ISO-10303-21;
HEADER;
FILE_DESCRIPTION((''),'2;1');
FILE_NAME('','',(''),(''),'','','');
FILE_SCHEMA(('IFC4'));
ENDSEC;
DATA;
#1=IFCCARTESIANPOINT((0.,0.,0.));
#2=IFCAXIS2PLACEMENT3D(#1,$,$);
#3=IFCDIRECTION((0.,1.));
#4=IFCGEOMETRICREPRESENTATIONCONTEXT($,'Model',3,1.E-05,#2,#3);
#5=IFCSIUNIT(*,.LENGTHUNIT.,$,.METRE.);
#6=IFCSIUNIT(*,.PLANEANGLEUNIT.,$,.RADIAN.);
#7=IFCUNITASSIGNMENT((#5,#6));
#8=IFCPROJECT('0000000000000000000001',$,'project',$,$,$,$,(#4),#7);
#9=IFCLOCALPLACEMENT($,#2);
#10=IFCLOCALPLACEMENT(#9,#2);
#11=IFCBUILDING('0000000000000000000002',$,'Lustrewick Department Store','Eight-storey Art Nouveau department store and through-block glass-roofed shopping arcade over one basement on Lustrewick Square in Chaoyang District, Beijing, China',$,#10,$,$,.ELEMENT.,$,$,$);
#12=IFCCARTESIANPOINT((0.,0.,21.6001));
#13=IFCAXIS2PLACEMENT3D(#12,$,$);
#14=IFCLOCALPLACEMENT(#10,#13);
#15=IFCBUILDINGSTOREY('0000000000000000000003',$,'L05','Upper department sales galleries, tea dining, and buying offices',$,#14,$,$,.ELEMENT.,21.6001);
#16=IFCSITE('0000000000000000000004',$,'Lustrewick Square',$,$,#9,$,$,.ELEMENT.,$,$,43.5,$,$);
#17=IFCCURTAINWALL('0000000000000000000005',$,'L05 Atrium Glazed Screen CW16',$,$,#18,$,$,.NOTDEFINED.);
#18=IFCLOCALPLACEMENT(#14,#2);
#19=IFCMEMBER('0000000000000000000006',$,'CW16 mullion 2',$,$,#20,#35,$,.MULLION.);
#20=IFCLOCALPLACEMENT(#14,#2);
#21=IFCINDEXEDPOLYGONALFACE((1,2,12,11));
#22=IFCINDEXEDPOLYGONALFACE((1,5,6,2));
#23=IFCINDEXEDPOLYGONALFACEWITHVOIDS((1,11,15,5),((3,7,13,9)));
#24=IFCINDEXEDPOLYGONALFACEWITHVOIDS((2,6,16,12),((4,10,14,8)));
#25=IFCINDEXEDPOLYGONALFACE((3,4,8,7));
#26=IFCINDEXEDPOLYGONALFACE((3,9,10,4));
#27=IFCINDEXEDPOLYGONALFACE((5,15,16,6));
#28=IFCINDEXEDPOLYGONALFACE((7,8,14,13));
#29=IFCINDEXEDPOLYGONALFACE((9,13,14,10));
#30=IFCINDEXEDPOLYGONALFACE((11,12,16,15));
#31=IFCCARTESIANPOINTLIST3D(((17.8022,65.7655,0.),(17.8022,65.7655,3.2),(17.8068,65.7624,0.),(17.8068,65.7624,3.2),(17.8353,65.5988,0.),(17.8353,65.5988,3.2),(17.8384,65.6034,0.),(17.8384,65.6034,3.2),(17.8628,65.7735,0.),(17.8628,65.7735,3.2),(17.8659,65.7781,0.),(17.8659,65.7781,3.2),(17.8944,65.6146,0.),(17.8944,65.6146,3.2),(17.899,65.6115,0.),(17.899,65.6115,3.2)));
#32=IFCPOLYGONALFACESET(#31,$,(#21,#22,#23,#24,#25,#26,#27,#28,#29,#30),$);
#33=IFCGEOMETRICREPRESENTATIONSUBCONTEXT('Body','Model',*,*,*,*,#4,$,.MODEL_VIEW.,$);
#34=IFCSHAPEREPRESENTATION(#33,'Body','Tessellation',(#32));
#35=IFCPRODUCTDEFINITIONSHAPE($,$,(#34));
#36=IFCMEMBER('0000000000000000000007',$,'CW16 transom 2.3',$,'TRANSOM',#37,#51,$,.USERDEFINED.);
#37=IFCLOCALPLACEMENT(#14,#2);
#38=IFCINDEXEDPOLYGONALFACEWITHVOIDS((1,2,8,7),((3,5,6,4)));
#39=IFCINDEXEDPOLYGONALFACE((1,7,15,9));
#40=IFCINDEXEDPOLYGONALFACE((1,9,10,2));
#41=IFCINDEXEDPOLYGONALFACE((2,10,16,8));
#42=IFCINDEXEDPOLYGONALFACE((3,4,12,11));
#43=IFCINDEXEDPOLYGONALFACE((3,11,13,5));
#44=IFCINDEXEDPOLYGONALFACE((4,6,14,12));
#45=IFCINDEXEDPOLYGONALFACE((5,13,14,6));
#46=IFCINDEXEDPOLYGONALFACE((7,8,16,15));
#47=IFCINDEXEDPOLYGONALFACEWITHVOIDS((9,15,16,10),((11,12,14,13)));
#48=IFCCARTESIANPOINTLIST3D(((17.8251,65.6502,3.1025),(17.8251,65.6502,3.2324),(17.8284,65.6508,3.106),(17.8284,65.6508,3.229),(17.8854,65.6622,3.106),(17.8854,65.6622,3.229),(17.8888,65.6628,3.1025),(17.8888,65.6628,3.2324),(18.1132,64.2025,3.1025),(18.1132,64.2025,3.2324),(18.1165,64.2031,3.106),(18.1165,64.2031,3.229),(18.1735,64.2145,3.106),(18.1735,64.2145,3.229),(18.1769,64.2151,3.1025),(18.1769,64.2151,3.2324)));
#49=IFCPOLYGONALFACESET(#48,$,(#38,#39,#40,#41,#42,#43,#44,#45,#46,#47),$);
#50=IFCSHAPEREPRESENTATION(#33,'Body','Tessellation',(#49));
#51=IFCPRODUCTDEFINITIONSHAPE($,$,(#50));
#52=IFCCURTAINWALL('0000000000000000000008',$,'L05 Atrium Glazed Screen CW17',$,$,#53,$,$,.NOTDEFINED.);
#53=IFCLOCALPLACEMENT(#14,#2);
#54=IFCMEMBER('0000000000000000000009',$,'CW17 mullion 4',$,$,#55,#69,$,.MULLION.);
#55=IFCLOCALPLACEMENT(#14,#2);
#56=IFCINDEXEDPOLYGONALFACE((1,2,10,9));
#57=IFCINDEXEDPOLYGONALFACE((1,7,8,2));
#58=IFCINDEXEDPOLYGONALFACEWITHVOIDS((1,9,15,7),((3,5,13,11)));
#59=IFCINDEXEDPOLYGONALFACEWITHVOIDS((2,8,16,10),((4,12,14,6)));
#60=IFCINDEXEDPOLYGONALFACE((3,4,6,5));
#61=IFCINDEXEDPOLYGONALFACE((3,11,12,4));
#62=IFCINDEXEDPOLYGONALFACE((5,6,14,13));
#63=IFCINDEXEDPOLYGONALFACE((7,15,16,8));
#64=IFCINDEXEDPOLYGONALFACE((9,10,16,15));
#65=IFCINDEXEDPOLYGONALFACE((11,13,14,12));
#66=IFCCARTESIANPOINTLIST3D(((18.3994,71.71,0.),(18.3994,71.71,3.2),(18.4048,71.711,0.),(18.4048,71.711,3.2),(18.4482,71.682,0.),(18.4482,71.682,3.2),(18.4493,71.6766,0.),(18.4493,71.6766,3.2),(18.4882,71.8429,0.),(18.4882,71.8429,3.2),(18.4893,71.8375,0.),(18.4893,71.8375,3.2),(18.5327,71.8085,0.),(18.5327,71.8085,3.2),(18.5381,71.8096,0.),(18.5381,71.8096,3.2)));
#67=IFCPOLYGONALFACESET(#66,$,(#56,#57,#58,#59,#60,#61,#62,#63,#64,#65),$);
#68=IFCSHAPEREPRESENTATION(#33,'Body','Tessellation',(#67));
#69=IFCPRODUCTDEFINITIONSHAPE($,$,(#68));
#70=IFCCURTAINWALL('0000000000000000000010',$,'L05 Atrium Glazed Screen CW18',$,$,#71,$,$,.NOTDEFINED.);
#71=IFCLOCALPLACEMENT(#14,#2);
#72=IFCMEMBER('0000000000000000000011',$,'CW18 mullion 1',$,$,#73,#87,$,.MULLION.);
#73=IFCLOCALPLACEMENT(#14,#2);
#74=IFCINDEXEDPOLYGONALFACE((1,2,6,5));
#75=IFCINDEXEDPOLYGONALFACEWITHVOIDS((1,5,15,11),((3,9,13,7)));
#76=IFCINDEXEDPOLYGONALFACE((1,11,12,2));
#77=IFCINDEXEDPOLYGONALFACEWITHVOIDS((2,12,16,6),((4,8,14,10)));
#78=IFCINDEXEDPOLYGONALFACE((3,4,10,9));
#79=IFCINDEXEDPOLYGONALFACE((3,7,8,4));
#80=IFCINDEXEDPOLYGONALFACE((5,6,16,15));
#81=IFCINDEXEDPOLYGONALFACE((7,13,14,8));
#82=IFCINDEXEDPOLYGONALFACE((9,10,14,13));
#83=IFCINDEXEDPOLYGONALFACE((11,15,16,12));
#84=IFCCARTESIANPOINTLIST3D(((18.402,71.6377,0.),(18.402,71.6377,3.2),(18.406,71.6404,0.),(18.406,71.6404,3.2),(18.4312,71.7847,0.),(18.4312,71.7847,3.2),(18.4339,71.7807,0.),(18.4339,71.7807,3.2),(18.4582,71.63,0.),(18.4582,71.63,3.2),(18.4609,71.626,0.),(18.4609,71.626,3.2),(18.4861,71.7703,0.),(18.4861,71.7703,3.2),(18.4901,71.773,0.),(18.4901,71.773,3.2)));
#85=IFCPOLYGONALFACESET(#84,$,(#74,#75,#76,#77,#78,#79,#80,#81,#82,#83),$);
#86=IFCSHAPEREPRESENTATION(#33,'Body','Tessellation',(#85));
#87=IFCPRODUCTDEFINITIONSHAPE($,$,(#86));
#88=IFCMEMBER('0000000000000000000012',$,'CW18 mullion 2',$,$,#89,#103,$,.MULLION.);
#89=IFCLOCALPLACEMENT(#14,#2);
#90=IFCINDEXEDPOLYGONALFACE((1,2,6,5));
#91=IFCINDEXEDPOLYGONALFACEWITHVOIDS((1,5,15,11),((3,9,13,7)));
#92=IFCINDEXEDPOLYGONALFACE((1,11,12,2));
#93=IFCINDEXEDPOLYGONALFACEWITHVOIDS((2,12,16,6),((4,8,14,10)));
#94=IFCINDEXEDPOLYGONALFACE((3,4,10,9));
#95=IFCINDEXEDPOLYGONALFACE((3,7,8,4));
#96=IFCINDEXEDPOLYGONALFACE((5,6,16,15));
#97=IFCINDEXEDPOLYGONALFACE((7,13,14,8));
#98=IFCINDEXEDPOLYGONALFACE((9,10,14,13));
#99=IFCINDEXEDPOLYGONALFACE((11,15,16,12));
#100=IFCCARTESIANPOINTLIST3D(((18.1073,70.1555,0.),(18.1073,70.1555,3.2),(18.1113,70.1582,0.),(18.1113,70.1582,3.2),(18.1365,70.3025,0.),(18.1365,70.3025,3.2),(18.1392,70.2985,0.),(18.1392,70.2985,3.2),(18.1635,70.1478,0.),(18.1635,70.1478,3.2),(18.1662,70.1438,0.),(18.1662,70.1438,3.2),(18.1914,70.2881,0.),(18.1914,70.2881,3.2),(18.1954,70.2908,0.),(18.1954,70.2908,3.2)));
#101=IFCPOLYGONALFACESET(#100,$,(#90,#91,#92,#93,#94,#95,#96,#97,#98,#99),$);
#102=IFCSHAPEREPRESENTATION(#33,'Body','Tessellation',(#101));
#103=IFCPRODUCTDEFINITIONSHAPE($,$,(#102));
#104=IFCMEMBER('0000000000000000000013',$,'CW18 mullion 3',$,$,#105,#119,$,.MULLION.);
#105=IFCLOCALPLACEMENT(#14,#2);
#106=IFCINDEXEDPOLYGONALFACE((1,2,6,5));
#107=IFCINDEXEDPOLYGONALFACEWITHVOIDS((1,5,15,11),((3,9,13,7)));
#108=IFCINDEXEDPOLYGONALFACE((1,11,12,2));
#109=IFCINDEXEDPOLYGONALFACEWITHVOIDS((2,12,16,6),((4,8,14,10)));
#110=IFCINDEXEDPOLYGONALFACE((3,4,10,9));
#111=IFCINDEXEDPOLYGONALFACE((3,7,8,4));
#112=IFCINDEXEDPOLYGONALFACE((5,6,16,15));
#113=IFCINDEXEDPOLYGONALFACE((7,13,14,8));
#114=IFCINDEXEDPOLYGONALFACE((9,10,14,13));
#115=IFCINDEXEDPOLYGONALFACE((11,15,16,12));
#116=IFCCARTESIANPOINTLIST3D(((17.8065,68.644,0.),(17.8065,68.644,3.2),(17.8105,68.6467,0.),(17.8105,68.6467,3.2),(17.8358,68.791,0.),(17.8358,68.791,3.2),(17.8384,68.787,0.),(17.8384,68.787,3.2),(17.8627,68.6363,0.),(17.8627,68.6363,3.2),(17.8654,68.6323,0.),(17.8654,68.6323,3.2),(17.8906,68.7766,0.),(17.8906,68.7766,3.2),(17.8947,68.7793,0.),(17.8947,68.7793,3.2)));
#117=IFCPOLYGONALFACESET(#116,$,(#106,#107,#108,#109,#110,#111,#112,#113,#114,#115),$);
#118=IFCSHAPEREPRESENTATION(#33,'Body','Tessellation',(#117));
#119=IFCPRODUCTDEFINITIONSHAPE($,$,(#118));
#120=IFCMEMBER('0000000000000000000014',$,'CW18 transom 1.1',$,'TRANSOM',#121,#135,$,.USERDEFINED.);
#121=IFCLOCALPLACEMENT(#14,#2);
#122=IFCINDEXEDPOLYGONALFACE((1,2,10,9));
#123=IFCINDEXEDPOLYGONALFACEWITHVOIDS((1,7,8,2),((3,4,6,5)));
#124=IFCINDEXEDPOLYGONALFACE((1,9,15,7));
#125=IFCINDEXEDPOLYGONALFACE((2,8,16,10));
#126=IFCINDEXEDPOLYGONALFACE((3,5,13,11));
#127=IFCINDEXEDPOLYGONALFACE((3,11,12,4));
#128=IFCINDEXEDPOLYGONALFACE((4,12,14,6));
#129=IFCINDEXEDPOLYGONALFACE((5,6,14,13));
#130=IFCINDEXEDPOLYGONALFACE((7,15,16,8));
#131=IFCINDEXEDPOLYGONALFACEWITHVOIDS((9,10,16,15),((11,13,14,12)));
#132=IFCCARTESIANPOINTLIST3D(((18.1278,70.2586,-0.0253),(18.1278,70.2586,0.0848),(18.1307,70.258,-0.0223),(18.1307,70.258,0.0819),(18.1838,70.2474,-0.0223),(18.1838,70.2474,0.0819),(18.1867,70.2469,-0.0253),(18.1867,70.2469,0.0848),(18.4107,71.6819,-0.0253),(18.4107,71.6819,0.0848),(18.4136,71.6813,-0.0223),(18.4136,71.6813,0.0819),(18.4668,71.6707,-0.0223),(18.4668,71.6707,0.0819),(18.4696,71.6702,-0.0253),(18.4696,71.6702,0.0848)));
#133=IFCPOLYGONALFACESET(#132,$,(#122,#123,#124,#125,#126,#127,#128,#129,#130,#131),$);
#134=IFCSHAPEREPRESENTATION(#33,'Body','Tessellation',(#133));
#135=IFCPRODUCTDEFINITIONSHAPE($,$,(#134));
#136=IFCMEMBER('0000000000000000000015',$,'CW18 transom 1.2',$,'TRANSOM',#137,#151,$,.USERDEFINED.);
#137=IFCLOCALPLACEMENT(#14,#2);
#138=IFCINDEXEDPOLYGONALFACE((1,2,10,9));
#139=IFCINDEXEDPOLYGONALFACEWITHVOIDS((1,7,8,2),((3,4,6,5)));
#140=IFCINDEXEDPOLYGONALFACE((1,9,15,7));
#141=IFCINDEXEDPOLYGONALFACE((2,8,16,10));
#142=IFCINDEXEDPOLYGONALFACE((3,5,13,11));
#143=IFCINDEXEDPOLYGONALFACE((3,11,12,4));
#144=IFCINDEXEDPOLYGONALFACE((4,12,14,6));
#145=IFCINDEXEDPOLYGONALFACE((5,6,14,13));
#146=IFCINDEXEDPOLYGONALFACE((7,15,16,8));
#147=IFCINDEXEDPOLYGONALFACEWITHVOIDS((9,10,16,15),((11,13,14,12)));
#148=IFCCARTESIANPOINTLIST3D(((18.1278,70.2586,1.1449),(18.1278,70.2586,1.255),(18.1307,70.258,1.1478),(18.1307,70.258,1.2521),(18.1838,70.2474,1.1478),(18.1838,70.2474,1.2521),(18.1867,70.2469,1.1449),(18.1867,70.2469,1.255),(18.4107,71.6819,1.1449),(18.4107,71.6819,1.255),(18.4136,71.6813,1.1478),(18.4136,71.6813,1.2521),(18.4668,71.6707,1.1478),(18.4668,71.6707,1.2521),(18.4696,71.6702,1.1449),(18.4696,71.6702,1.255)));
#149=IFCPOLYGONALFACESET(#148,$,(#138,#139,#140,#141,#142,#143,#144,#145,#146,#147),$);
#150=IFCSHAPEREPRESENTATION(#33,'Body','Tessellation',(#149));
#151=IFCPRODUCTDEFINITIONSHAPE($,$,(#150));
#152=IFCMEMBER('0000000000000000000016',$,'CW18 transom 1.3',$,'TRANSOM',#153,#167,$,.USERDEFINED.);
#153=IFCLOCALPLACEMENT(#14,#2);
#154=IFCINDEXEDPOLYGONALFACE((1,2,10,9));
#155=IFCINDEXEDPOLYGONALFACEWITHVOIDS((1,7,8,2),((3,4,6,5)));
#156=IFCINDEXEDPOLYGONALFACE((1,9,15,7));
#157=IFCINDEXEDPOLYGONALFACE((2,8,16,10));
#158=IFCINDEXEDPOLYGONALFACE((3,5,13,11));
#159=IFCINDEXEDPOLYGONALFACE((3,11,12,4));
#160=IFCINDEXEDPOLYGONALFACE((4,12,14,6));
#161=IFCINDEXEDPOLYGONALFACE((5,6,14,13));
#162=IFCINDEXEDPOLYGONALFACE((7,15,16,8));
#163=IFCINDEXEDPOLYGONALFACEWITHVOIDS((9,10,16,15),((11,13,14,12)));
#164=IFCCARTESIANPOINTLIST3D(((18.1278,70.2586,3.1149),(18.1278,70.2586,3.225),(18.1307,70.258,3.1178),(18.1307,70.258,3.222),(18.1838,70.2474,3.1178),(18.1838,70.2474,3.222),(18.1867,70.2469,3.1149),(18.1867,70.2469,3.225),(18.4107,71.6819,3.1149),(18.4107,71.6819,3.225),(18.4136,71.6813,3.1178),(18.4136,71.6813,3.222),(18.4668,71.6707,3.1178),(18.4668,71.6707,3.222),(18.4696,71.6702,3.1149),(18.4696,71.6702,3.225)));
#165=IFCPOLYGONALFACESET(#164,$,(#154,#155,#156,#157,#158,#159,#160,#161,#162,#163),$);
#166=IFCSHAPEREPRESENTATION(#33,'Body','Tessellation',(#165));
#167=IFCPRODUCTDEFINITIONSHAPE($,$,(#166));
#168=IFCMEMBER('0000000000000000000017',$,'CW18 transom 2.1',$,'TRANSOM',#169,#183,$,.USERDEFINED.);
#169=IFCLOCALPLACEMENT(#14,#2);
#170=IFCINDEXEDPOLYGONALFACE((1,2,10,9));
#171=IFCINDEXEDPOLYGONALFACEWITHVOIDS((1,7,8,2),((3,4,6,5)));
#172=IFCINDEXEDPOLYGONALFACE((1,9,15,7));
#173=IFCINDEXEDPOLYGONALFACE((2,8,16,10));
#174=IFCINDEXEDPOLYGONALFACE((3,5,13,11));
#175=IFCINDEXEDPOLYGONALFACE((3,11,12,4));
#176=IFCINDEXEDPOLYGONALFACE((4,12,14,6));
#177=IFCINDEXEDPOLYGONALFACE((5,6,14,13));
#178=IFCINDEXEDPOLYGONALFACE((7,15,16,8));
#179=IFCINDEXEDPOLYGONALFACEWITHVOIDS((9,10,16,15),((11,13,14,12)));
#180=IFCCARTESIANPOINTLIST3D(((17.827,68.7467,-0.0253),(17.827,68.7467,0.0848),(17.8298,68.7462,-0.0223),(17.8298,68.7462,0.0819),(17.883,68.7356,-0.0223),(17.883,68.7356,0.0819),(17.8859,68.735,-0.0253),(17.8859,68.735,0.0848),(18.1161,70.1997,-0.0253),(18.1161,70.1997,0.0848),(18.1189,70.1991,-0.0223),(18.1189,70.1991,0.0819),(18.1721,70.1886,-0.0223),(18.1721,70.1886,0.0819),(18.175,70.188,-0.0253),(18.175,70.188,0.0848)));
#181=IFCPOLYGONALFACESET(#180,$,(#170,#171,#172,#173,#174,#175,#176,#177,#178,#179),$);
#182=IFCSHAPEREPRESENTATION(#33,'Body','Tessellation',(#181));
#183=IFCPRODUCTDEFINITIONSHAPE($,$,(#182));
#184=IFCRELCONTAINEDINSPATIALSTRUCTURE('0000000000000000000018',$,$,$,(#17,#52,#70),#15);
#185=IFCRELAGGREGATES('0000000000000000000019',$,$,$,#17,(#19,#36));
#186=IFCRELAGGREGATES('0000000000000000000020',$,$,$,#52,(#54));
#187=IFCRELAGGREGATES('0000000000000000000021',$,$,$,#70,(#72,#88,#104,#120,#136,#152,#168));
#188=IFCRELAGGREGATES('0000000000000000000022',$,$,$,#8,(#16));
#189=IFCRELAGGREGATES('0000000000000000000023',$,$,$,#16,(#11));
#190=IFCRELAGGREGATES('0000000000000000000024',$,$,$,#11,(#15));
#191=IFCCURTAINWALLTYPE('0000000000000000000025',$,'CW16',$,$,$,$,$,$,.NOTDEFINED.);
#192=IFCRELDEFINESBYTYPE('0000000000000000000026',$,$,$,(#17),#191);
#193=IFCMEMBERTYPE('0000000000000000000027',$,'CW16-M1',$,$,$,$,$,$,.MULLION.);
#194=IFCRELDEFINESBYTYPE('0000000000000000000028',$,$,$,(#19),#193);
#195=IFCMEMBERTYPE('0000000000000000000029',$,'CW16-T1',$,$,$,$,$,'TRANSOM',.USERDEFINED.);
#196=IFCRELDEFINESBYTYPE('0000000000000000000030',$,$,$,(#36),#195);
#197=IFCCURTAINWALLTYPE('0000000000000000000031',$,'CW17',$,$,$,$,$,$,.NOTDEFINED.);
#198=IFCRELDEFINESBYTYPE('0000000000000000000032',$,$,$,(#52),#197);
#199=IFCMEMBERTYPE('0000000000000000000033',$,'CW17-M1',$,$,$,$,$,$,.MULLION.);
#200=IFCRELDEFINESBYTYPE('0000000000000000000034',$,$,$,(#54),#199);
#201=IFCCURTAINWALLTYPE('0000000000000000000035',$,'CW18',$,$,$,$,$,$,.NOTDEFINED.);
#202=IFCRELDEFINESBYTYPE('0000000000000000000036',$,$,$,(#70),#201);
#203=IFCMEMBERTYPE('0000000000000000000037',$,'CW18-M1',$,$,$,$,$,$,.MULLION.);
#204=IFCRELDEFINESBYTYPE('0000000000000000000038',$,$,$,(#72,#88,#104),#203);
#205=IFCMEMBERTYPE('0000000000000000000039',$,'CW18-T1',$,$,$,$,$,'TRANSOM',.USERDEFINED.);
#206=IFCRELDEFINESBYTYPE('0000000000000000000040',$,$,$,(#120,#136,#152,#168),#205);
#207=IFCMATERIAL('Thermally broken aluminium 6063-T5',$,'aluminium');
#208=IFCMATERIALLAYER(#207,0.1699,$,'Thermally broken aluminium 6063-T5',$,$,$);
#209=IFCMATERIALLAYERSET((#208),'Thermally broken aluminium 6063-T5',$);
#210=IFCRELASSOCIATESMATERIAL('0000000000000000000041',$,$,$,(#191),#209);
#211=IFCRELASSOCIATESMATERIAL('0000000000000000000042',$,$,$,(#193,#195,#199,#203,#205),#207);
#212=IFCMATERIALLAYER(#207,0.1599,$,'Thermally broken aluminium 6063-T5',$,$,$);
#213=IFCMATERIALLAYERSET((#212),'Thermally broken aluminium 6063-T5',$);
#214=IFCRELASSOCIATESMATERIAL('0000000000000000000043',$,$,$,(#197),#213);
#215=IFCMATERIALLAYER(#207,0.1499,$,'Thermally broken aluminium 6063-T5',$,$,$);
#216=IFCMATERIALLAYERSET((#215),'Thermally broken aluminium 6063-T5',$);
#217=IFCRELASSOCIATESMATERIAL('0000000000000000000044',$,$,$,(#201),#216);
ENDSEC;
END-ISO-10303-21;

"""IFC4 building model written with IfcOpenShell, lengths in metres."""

from ifc_helpers import new_model, si_unit, direction, frame, origin, origin_2d, place, context, subcontext, project, spatial, hollow_rectangle, extrude, material, layer, layer_set, material_profile, profile_set, type_object, element, aggregate, save


model = new_model("IFC4")

# Units and contexts
model_context = context("Model", 3, precision=1e-05, world=origin(), true_north=direction((0.0, 1.0)))
body_context = subcontext(model_context, "Body", "Model", "MODEL_VIEW")
ifc_project = project(units=[si_unit("LENGTHUNIT", "METRE"), si_unit("PLANEANGLEUNIT", "RADIAN")], contexts=[model_context])

# Site, building, storey
site_placement = place(None, origin())
site = spatial("IfcSite", under=ifc_project, at=site_placement, Name="Lustrewick Square", CompositionType="ELEMENT", RefElevation=43.5)
building_placement = place(site_placement, origin())
building = spatial("IfcBuilding", under=site, at=building_placement, Name="Lustrewick Department Store", Description="Eight-storey Art Nouveau department store and through-block glass-roofed shopping arcade over one basement on Lustrewick Square in Chaoyang District, Beijing, China", CompositionType="ELEMENT")
storey_placement = place(building_placement, frame((0.0, 0.0, 21.6001)))
storey = spatial("IfcBuildingStorey", under=building, at=storey_placement, Name="L05", Description="Upper department sales galleries, tea dining, and buying offices", CompositionType="ELEMENT", Elevation=21.6001)

# Curtain wall, members
ifc_material_1 = material(Name="Thermally broken aluminium 6063-T5", Category="aluminium")
ifc_layer_1 = layer(ifc_material_1, 0.1699, Name="Thermally broken aluminium 6063-T5")
ifc_layer_set_1 = layer_set([ifc_layer_1], Name="Thermally broken aluminium 6063-T5")
curtain_wall_type_1 = type_object("IfcCurtainWallType", Name="CW16", PredefinedType="NOTDEFINED", material=ifc_layer_set_1)
curtain_wall_1_placement = place(storey_placement, origin())
curtain_wall_1 = element("IfcCurtainWall", 1, at=curtain_wall_1_placement, inside=storey, type_object=curtain_wall_type_1, Name="L05 Atrium Glazed Screen CW16", PredefinedType="NOTDEFINED")
ifc_material_profile_1 = material_profile(ifc_material_1, hollow_rectangle(XDim=0.0649, YDim=0.1699, WallThickness=0.0039, at=origin_2d()), Name="ALU-M 65x170x4")
ifc_profile_set_1 = profile_set([ifc_material_profile_1], Name="Thermally broken aluminium 6063-T5")
member_type_1 = type_object("IfcMemberType", Name="CW16-M1", PredefinedType="MULLION", material=ifc_profile_set_1)
member_1_placement = place(storey_placement, frame((17.8506, 65.6885, 0.0), z_axis=(0.0, 0.0, 1.0), x_axis=(0.980786, 0.195085, 0.0)))
member_1 = element("IfcMember", 2, at=member_1_placement, type_object=member_type_1, Name="CW16 mullion 2", PredefinedType="MULLION", context=body_context, shape_type="SweptSolid", body=[
    extrude(hollow_rectangle(XDim=0.0649, YDim=0.1699, WallThickness=0.0039, at=origin_2d()), origin(), (0.0, 0.0, 1.0), 3.2),
])
ifc_material_profile_2 = material_profile(ifc_material_1, hollow_rectangle(XDim=0.0649, YDim=0.1299, WallThickness=0.0034, at=origin_2d()), Name="ALU-T 65x130x3.5")
ifc_profile_set_2 = profile_set([ifc_material_profile_2], Name="Thermally broken aluminium 6063-T5")
member_type_2 = type_object("IfcMemberType", Name="CW16-T1", ElementType="TRANSOM", PredefinedType="USERDEFINED", material=ifc_profile_set_2)
member_2_placement = place(storey_placement, frame((17.8569, 65.6565, 3.1675), z_axis=(0.195162, -0.980771, 0.0), x_axis=(0.980771, 0.195162, 0.0)))
member_2 = element("IfcMember", 3, at=member_2_placement, type_object=member_type_2, Name="CW16 transom 2.3", ObjectType="TRANSOM", PredefinedType="USERDEFINED", context=body_context, shape_type="SweptSolid", body=[
    extrude(hollow_rectangle(XDim=0.0649, YDim=0.1299, WallThickness=0.0034, at=origin_2d()), origin(), (0.0, 0.0, 1.0), 1.4761),
])

# Curtain wall, member
ifc_layer_2 = layer(ifc_material_1, 0.1599, Name="Thermally broken aluminium 6063-T5")
ifc_layer_set_2 = layer_set([ifc_layer_2], Name="Thermally broken aluminium 6063-T5")
curtain_wall_type_2 = type_object("IfcCurtainWallType", Name="CW17", PredefinedType="NOTDEFINED", material=ifc_layer_set_2)
curtain_wall_2_placement = place(storey_placement, origin())
curtain_wall_2 = element("IfcCurtainWall", 4, at=curtain_wall_2_placement, inside=storey, type_object=curtain_wall_type_2, Name="L05 Atrium Glazed Screen CW17", PredefinedType="NOTDEFINED")
ifc_material_profile_3 = material_profile(ifc_material_1, hollow_rectangle(XDim=0.0601, YDim=0.1599, WallThickness=0.0039, at=origin_2d()), Name="ALU-M 60x160x4")
ifc_profile_set_3 = profile_set([ifc_material_profile_3], Name="Thermally broken aluminium 6063-T5")
member_type_3 = type_object("IfcMemberType", Name="CW17-M1", PredefinedType="MULLION", material=ifc_profile_set_3)
member_3_placement = place(storey_placement, frame((18.4688, 71.7598, 0.0), z_axis=(0.0, 0.0, 1.0), x_axis=(0.831464, -0.555578, 0.0)))
member_3 = element("IfcMember", 5, at=member_3_placement, type_object=member_type_3, Name="CW17 mullion 4", PredefinedType="MULLION", context=body_context, shape_type="SweptSolid", body=[
    extrude(hollow_rectangle(XDim=0.0601, YDim=0.1599, WallThickness=0.0039, at=origin_2d()), origin(), (0.0, 0.0, 1.0), 3.2),
])

# Curtain wall, members
ifc_layer_3 = layer(ifc_material_1, 0.1499, Name="Thermally broken aluminium 6063-T5")
ifc_layer_set_3 = layer_set([ifc_layer_3], Name="Thermally broken aluminium 6063-T5")
curtain_wall_type_3 = type_object("IfcCurtainWallType", Name="CW18", PredefinedType="NOTDEFINED", material=ifc_layer_set_3)
curtain_wall_3_placement = place(storey_placement, origin())
curtain_wall_3 = element("IfcCurtainWall", 6, at=curtain_wall_3_placement, inside=storey, type_object=curtain_wall_type_3, Name="L05 Atrium Glazed Screen CW18", PredefinedType="NOTDEFINED")
ifc_material_profile_4 = material_profile(ifc_material_1, hollow_rectangle(XDim=0.0601, YDim=0.1499, WallThickness=0.0034, at=origin_2d()), Name="ALU-M 60x150x3.5")
ifc_profile_set_4 = profile_set([ifc_material_profile_4], Name="Thermally broken aluminium 6063-T5")
member_type_4 = type_object("IfcMemberType", Name="CW18-M1", PredefinedType="MULLION", material=ifc_profile_set_4)
member_4_placement = place(storey_placement, frame((18.446, 71.7053, 0.0), z_axis=(0.0, 0.0, 1.0), x_axis=(0.980786, -0.195085, 0.0)))
member_4 = element("IfcMember", 7, at=member_4_placement, type_object=member_type_4, Name="CW18 mullion 1", PredefinedType="MULLION", context=body_context, shape_type="SweptSolid", body=[
    extrude(hollow_rectangle(XDim=0.0601, YDim=0.1499, WallThickness=0.0034, at=origin_2d()), origin(), (0.0, 0.0, 1.0), 3.2),
])
member_5_placement = place(storey_placement, frame((18.1514, 70.2231, 0.0), z_axis=(0.0, 0.0, 1.0), x_axis=(0.980786, -0.195085, 0.0)))
member_5 = element("IfcMember", 8, at=member_5_placement, type_object=member_type_4, Name="CW18 mullion 2", PredefinedType="MULLION", context=body_context, shape_type="SweptSolid", body=[
    extrude(hollow_rectangle(XDim=0.0601, YDim=0.1499, WallThickness=0.0034, at=origin_2d()), origin(), (0.0, 0.0, 1.0), 3.2),
])
member_6_placement = place(storey_placement, frame((17.8506, 68.7117, 0.0), z_axis=(0.0, 0.0, 1.0), x_axis=(0.980786, -0.195085, 0.0)))
member_6 = element("IfcMember", 9, at=member_6_placement, type_object=member_type_4, Name="CW18 mullion 3", PredefinedType="MULLION", context=body_context, shape_type="SweptSolid", body=[
    extrude(hollow_rectangle(XDim=0.0601, YDim=0.1499, WallThickness=0.0034, at=origin_2d()), origin(), (0.0, 0.0, 1.0), 3.2),
])
ifc_material_profile_5 = material_profile(ifc_material_1, hollow_rectangle(XDim=0.0601, YDim=0.1101, WallThickness=0.0029, at=origin_2d()), Name="ALU-T 60x110x3")
ifc_profile_set_5 = profile_set([ifc_material_profile_5], Name="Thermally broken aluminium 6063-T5")
member_type_5 = type_object("IfcMemberType", Name="CW18-T1", ElementType="TRANSOM", PredefinedType="USERDEFINED", material=ifc_profile_set_5)
member_7_placement = place(storey_placement, frame((18.4402, 71.676, 0.0298), z_axis=(-0.194984, -0.980806, 0.0), x_axis=(0.980806, -0.194984, 0.0)))
member_7 = element("IfcMember", 10, at=member_7_placement, type_object=member_type_5, Name="CW18 transom 1.1", ObjectType="TRANSOM", PredefinedType="USERDEFINED", context=body_context, shape_type="SweptSolid", body=[
    extrude(hollow_rectangle(XDim=0.0601, YDim=0.1101, WallThickness=0.0029, at=origin_2d()), origin(), (0.0, 0.0, 1.0), 1.4512),
])
member_8_placement = place(storey_placement, frame((18.4402, 71.676, 1.2), z_axis=(-0.194984, -0.980806, 0.0), x_axis=(0.980806, -0.194984, 0.0)))
member_8 = element("IfcMember", 11, at=member_8_placement, type_object=member_type_5, Name="CW18 transom 1.2", ObjectType="TRANSOM", PredefinedType="USERDEFINED", context=body_context, shape_type="SweptSolid", body=[
    extrude(hollow_rectangle(XDim=0.0601, YDim=0.1101, WallThickness=0.0029, at=origin_2d()), origin(), (0.0, 0.0, 1.0), 1.4512),
])
member_9_placement = place(storey_placement, frame((18.4402, 71.676, 3.1699), z_axis=(-0.194984, -0.980806, 0.0), x_axis=(0.980806, -0.194984, 0.0)))
member_9 = element("IfcMember", 12, at=member_9_placement, type_object=member_type_5, Name="CW18 transom 1.3", ObjectType="TRANSOM", PredefinedType="USERDEFINED", context=body_context, shape_type="SweptSolid", body=[
    extrude(hollow_rectangle(XDim=0.0601, YDim=0.1101, WallThickness=0.0029, at=origin_2d()), origin(), (0.0, 0.0, 1.0), 1.4512),
])
member_10_placement = place(storey_placement, frame((18.1455, 70.1938, 0.0298), z_axis=(-0.195134, -0.980777, 0.0), x_axis=(0.980777, -0.195134, 0.0)))
member_10 = element("IfcMember", 13, at=member_10_placement, type_object=member_type_5, Name="CW18 transom 2.1", ObjectType="TRANSOM", PredefinedType="USERDEFINED", context=body_context, shape_type="SweptSolid", body=[
    extrude(hollow_rectangle(XDim=0.0601, YDim=0.1101, WallThickness=0.0029, at=origin_2d()), origin(), (0.0, 0.0, 1.0), 1.4814),
])

aggregate(curtain_wall_1, [member_1, member_2])
aggregate(curtain_wall_2, [member_3])
aggregate(curtain_wall_3, [member_4, member_5, member_6, member_7, member_8, member_9, member_10])

save(model, "model.ifc")
